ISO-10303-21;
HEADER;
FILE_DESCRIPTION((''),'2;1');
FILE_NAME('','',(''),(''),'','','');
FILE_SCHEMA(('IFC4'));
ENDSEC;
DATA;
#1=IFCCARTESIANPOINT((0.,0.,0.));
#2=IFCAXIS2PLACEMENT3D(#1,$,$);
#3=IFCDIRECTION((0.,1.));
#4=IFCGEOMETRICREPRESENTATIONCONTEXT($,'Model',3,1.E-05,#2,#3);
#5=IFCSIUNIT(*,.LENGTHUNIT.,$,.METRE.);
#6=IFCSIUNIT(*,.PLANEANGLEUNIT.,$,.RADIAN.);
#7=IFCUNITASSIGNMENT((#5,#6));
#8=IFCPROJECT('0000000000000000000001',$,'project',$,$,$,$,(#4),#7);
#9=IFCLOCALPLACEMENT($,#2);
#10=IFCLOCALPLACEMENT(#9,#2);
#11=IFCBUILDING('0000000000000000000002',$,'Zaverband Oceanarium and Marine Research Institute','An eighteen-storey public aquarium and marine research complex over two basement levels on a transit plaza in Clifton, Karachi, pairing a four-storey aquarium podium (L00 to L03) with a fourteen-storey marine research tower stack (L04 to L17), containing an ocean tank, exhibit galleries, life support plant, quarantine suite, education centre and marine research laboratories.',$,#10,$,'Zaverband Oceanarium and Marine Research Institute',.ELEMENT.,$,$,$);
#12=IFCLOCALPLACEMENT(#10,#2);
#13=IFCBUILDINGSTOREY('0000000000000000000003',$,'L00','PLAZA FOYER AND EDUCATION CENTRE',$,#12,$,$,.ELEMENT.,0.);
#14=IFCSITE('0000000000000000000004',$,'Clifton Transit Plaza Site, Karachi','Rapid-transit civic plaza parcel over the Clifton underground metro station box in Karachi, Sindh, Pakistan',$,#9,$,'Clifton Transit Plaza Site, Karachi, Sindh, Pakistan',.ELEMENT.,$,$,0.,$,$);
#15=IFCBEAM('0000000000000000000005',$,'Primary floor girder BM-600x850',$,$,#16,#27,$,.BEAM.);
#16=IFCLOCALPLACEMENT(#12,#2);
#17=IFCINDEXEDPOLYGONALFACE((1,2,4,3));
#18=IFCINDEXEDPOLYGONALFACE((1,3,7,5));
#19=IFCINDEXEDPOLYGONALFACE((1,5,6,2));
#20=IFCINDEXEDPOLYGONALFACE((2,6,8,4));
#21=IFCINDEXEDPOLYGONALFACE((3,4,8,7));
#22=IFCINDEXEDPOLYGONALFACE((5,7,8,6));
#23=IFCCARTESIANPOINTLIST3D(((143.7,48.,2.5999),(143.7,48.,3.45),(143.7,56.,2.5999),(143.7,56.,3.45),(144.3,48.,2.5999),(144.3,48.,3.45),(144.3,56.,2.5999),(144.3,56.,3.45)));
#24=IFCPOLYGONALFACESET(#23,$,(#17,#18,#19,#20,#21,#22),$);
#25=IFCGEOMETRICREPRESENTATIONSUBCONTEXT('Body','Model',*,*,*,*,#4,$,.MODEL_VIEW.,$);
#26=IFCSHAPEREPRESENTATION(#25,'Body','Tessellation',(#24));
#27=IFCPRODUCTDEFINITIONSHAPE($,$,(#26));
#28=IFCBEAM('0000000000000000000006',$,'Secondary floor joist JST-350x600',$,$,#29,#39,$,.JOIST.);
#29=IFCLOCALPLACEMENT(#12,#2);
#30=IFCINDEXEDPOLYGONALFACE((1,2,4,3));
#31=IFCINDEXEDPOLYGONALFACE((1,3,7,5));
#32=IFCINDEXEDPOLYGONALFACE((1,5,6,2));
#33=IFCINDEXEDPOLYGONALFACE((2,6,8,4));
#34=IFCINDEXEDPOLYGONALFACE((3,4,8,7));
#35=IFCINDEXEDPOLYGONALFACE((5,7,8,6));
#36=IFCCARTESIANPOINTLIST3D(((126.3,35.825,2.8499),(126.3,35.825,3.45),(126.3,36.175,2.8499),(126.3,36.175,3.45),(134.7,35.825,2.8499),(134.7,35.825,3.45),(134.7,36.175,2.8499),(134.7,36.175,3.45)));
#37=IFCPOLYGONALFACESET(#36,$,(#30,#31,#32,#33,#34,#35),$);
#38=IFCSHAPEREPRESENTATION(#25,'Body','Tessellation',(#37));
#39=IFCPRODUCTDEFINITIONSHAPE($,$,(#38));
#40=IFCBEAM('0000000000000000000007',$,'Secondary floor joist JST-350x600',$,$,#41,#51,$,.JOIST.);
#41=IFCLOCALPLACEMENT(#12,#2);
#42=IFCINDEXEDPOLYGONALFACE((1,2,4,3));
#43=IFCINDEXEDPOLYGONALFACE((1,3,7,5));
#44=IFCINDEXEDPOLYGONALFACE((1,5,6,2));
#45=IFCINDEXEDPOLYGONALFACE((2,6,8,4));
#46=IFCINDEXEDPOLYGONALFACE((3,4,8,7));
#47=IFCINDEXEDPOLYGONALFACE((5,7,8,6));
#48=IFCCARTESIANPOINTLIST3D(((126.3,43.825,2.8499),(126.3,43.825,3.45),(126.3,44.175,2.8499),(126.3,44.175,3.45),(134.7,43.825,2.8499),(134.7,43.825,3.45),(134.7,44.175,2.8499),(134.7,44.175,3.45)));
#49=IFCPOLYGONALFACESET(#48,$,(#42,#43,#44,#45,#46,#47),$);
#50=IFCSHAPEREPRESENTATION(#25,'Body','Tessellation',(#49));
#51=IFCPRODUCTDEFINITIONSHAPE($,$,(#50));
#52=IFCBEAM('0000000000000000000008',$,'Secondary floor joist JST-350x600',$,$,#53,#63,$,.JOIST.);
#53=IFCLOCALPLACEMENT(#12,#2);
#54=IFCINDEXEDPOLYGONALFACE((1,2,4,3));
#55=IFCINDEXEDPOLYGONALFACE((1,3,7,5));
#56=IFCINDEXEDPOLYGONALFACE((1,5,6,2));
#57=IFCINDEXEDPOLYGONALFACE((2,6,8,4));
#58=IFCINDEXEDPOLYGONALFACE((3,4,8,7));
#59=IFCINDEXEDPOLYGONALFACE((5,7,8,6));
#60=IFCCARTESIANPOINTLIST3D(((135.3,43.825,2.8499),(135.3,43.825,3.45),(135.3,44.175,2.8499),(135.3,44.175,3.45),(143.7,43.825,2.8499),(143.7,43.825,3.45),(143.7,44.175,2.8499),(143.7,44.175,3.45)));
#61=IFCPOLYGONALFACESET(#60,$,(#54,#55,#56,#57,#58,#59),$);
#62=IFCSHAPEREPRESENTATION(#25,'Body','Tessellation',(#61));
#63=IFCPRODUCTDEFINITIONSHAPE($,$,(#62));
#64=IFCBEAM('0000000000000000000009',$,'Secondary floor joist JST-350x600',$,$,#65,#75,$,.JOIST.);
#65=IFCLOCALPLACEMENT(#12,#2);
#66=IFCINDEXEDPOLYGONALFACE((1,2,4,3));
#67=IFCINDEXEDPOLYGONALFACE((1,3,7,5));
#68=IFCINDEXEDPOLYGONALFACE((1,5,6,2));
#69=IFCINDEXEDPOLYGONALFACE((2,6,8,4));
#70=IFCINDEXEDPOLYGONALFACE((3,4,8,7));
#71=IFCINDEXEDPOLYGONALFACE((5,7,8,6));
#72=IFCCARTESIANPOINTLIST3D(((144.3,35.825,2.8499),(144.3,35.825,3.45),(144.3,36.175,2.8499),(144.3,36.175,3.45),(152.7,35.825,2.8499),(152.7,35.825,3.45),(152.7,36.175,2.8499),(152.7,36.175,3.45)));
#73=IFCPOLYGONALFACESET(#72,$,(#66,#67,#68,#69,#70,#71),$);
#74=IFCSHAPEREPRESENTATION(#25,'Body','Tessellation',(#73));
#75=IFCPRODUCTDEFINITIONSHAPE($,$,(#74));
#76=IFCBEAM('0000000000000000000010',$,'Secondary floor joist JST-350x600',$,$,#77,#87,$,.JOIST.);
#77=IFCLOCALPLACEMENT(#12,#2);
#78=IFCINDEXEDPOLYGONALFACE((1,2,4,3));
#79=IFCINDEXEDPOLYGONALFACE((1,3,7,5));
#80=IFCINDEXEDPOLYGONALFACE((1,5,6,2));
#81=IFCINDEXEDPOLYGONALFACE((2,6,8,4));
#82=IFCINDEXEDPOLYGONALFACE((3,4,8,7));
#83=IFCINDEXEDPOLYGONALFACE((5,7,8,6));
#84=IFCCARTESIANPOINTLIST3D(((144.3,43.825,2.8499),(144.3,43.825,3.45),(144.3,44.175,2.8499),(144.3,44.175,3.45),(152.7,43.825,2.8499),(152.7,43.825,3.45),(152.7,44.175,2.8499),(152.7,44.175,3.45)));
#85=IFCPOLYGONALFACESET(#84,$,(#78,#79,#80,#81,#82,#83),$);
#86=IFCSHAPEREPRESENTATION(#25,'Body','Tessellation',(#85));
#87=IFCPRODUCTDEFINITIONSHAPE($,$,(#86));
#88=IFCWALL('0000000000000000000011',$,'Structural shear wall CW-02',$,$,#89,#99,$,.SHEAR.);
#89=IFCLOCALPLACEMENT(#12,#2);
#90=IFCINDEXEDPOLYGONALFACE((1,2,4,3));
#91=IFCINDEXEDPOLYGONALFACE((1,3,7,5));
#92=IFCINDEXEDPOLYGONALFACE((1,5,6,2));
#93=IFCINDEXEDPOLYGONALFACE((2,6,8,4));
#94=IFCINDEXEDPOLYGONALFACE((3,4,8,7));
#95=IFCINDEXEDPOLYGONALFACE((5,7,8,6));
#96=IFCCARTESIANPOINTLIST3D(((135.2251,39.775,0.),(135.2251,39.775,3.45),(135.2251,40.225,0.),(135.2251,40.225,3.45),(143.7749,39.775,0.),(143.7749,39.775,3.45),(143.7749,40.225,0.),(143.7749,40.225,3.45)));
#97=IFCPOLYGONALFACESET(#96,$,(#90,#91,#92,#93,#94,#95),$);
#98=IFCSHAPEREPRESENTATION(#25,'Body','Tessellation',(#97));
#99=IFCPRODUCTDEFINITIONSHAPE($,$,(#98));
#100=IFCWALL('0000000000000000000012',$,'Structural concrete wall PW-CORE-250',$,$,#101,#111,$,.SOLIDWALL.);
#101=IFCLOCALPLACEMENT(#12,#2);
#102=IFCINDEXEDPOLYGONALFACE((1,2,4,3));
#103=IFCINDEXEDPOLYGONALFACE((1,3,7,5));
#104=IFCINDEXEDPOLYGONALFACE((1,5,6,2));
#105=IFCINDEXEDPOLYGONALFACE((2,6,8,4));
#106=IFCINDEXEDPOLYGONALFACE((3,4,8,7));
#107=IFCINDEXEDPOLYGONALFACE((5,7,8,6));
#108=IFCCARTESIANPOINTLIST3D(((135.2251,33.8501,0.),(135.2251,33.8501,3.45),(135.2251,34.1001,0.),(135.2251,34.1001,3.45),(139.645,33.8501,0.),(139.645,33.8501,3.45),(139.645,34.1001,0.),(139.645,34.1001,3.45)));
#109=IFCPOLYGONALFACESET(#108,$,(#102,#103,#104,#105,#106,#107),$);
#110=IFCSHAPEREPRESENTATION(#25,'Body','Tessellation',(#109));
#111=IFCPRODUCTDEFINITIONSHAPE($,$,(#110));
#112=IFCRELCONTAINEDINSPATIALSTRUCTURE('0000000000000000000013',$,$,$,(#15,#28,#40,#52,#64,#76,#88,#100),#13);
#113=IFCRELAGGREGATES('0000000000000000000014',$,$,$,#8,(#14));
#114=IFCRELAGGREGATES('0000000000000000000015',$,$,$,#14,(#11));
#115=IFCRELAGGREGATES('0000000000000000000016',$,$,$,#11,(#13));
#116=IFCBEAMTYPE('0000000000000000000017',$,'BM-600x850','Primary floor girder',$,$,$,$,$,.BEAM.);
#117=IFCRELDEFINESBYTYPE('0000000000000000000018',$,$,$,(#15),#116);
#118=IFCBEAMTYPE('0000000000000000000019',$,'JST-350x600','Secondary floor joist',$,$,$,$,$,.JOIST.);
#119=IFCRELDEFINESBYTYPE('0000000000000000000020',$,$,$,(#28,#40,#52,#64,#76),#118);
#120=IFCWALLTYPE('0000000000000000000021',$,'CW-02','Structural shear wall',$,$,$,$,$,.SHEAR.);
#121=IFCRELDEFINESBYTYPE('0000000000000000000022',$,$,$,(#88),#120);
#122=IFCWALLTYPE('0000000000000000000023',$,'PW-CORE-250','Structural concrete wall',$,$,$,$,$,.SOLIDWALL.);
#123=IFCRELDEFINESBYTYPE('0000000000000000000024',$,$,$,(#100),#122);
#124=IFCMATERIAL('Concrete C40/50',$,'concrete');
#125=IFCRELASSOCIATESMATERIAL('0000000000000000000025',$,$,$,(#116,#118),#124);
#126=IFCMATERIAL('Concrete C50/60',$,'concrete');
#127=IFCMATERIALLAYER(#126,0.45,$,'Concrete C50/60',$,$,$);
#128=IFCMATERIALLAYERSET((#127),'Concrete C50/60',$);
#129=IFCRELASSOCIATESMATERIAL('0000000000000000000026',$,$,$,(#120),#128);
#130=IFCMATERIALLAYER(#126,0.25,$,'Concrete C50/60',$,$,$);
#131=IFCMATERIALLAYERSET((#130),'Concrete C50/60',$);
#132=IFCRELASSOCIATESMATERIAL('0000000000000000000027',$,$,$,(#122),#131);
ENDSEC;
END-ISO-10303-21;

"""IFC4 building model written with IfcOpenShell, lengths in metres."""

from ifc_helpers import new_model, si_unit, direction, frame, frame_2d, origin, origin_2d, place, context, subcontext, project, spatial, rectangle, extrude, material, layer, layer_set, material_profile, profile_set, type_object, element, save


model = new_model("IFC4")

# Units and contexts
model_context = context("Model", 3, precision=1e-05, world=origin(), true_north=direction((0.0, 1.0)))
body_context = subcontext(model_context, "Body", "Model", "MODEL_VIEW")
ifc_project = project(units=[si_unit("LENGTHUNIT", "METRE"), si_unit("PLANEANGLEUNIT", "RADIAN")], contexts=[model_context])

# Site, building, storey
site_placement = place(None, origin())
site = spatial("IfcSite", under=ifc_project, at=site_placement, Name="Clifton Transit Plaza Site, Karachi", Description="Rapid-transit civic plaza parcel over the Clifton underground metro station box in Karachi, Sindh, Pakistan", LongName="Clifton Transit Plaza Site, Karachi, Sindh, Pakistan", CompositionType="ELEMENT", RefElevation=0.0)
building_placement = place(site_placement, origin())
building = spatial("IfcBuilding", under=site, at=building_placement, Name="Zaverband Oceanarium and Marine Research Institute", Description="An eighteen-storey public aquarium and marine research complex over two basement levels on a transit plaza in Clifton, Karachi, pairing a four-storey aquarium podium (L00 to L03) with a fourteen-storey marine research tower stack (L04 to L17), containing an ocean tank, exhibit galleries, life support plant, quarantine suite, education centre and marine research laboratories.", LongName="Zaverband Oceanarium and Marine Research Institute", CompositionType="ELEMENT")
storey_placement = place(building_placement, origin())
storey = spatial("IfcBuildingStorey", under=building, at=storey_placement, Name="L00", Description="PLAZA FOYER AND EDUCATION CENTRE", CompositionType="ELEMENT", Elevation=0.0)

# Shared definitions
ifc_material_1 = material(Name="Concrete C50/60", Category="concrete")

# Beams
ifc_material_2 = material(Name="Concrete C40/50", Category="concrete")
ifc_material_profile_1 = material_profile(ifc_material_2, rectangle(XDim=0.6001, YDim=0.8501, at=origin_2d()), Name="RC600x850")
ifc_profile_set_1 = profile_set([ifc_material_profile_1], Name="Concrete C40/50")
beam_type_1 = type_object("IfcBeamType", Name="BM-600x850", Description="Primary floor girder", PredefinedType="BEAM", material=ifc_profile_set_1)
for number, where, z_axis, x_axis, name in (
    (1, (144.0, 48.0, 3.0249), (0.0, 1.0, 0.0), (-1.0, 0.0, 0.0), "Primary floor girder BM-600x850"),
):
    element("IfcBeam", number, at=place(storey_placement, frame(where, z_axis=z_axis, x_axis=x_axis)), inside=storey, type_object=beam_type_1, Name=name, PredefinedType="BEAM", context=body_context, shape_type="SweptSolid", body=[
        extrude(rectangle(XDim=0.6001, YDim=0.8501, at=origin_2d()), origin(), (0.0, 0.0, 1.0), 8.0),
    ])
ifc_material_profile_2 = material_profile(ifc_material_2, rectangle(XDim=0.3501, YDim=0.6001, at=origin_2d()), Name="RC350x600")
ifc_profile_set_2 = profile_set([ifc_material_profile_2], Name="Concrete C40/50")
beam_type_2 = type_object("IfcBeamType", Name="JST-350x600", Description="Secondary floor joist", PredefinedType="JOIST", material=ifc_profile_set_2)
for number, where, z_axis, x_axis, name in (
    (2, (126.3, 36.0, 3.1499), (1.0, 0.0, 0.0), (0.0, 1.0, 0.0), "Secondary floor joist JST-350x600"),
    (3, (126.3, 44.0, 3.1499), (1.0, 0.0, 0.0), (0.0, 1.0, 0.0), "Secondary floor joist JST-350x600"),
    (4, (135.3, 44.0, 3.1499), (1.0, 0.0, 0.0), (0.0, 1.0, 0.0), "Secondary floor joist JST-350x600"),
    (5, (144.3, 36.0, 3.1499), (1.0, 0.0, 0.0), (0.0, 1.0, 0.0), "Secondary floor joist JST-350x600"),
    (6, (144.3, 44.0, 3.1499), (1.0, 0.0, 0.0), (0.0, 1.0, 0.0), "Secondary floor joist JST-350x600"),
):
    element("IfcBeam", number, at=place(storey_placement, frame(where, z_axis=z_axis, x_axis=x_axis)), inside=storey, type_object=beam_type_2, Name=name, PredefinedType="JOIST", context=body_context, shape_type="SweptSolid", body=[
        extrude(rectangle(XDim=0.3501, YDim=0.6001, at=origin_2d()), origin(), (0.0, 0.0, 1.0), 8.3999),
    ])

# Walls
ifc_layer_1 = layer(ifc_material_1, 0.45, Name="Concrete C50/60")
ifc_layer_set_1 = layer_set([ifc_layer_1], Name="Concrete C50/60")
wall_type_1 = type_object("IfcWallType", Name="CW-02", Description="Structural shear wall", PredefinedType="SHEAR", material=ifc_layer_set_1)
wall_1_placement = place(storey_placement, frame((135.2251, 40.0, 0.0), z_axis=(0.0, 0.0, 1.0), x_axis=(1.0, 0.0, 0.0)))
element("IfcWall", 7, at=wall_1_placement, inside=storey, type_object=wall_type_1, Name="Structural shear wall CW-02", PredefinedType="SHEAR", context=body_context, shape_type="SweptSolid", body=[
    extrude(rectangle(XDim=8.5498, YDim=0.45, at=frame_2d((4.2749, 0.0))), origin(), (0.0, 0.0, 1.0), 3.45),
])
ifc_layer_2 = layer(ifc_material_1, 0.25, Name="Concrete C50/60")
ifc_layer_set_2 = layer_set([ifc_layer_2], Name="Concrete C50/60")
wall_type_2 = type_object("IfcWallType", Name="PW-CORE-250", Description="Structural concrete wall", PredefinedType="SOLIDWALL", material=ifc_layer_set_2)
wall_2_placement = place(storey_placement, frame((135.2251, 33.9751, 0.0), z_axis=(0.0, 0.0, 1.0), x_axis=(1.0, 0.0, 0.0)))
element("IfcWall", 8, at=wall_2_placement, inside=storey, type_object=wall_type_2, Name="Structural concrete wall PW-CORE-250", PredefinedType="SOLIDWALL", context=body_context, shape_type="SweptSolid", body=[
    extrude(rectangle(XDim=4.4199, YDim=0.25, at=frame_2d((2.21, 0.0))), origin(), (0.0, 0.0, 1.0), 3.45),
])

save(model, "model.ifc")
